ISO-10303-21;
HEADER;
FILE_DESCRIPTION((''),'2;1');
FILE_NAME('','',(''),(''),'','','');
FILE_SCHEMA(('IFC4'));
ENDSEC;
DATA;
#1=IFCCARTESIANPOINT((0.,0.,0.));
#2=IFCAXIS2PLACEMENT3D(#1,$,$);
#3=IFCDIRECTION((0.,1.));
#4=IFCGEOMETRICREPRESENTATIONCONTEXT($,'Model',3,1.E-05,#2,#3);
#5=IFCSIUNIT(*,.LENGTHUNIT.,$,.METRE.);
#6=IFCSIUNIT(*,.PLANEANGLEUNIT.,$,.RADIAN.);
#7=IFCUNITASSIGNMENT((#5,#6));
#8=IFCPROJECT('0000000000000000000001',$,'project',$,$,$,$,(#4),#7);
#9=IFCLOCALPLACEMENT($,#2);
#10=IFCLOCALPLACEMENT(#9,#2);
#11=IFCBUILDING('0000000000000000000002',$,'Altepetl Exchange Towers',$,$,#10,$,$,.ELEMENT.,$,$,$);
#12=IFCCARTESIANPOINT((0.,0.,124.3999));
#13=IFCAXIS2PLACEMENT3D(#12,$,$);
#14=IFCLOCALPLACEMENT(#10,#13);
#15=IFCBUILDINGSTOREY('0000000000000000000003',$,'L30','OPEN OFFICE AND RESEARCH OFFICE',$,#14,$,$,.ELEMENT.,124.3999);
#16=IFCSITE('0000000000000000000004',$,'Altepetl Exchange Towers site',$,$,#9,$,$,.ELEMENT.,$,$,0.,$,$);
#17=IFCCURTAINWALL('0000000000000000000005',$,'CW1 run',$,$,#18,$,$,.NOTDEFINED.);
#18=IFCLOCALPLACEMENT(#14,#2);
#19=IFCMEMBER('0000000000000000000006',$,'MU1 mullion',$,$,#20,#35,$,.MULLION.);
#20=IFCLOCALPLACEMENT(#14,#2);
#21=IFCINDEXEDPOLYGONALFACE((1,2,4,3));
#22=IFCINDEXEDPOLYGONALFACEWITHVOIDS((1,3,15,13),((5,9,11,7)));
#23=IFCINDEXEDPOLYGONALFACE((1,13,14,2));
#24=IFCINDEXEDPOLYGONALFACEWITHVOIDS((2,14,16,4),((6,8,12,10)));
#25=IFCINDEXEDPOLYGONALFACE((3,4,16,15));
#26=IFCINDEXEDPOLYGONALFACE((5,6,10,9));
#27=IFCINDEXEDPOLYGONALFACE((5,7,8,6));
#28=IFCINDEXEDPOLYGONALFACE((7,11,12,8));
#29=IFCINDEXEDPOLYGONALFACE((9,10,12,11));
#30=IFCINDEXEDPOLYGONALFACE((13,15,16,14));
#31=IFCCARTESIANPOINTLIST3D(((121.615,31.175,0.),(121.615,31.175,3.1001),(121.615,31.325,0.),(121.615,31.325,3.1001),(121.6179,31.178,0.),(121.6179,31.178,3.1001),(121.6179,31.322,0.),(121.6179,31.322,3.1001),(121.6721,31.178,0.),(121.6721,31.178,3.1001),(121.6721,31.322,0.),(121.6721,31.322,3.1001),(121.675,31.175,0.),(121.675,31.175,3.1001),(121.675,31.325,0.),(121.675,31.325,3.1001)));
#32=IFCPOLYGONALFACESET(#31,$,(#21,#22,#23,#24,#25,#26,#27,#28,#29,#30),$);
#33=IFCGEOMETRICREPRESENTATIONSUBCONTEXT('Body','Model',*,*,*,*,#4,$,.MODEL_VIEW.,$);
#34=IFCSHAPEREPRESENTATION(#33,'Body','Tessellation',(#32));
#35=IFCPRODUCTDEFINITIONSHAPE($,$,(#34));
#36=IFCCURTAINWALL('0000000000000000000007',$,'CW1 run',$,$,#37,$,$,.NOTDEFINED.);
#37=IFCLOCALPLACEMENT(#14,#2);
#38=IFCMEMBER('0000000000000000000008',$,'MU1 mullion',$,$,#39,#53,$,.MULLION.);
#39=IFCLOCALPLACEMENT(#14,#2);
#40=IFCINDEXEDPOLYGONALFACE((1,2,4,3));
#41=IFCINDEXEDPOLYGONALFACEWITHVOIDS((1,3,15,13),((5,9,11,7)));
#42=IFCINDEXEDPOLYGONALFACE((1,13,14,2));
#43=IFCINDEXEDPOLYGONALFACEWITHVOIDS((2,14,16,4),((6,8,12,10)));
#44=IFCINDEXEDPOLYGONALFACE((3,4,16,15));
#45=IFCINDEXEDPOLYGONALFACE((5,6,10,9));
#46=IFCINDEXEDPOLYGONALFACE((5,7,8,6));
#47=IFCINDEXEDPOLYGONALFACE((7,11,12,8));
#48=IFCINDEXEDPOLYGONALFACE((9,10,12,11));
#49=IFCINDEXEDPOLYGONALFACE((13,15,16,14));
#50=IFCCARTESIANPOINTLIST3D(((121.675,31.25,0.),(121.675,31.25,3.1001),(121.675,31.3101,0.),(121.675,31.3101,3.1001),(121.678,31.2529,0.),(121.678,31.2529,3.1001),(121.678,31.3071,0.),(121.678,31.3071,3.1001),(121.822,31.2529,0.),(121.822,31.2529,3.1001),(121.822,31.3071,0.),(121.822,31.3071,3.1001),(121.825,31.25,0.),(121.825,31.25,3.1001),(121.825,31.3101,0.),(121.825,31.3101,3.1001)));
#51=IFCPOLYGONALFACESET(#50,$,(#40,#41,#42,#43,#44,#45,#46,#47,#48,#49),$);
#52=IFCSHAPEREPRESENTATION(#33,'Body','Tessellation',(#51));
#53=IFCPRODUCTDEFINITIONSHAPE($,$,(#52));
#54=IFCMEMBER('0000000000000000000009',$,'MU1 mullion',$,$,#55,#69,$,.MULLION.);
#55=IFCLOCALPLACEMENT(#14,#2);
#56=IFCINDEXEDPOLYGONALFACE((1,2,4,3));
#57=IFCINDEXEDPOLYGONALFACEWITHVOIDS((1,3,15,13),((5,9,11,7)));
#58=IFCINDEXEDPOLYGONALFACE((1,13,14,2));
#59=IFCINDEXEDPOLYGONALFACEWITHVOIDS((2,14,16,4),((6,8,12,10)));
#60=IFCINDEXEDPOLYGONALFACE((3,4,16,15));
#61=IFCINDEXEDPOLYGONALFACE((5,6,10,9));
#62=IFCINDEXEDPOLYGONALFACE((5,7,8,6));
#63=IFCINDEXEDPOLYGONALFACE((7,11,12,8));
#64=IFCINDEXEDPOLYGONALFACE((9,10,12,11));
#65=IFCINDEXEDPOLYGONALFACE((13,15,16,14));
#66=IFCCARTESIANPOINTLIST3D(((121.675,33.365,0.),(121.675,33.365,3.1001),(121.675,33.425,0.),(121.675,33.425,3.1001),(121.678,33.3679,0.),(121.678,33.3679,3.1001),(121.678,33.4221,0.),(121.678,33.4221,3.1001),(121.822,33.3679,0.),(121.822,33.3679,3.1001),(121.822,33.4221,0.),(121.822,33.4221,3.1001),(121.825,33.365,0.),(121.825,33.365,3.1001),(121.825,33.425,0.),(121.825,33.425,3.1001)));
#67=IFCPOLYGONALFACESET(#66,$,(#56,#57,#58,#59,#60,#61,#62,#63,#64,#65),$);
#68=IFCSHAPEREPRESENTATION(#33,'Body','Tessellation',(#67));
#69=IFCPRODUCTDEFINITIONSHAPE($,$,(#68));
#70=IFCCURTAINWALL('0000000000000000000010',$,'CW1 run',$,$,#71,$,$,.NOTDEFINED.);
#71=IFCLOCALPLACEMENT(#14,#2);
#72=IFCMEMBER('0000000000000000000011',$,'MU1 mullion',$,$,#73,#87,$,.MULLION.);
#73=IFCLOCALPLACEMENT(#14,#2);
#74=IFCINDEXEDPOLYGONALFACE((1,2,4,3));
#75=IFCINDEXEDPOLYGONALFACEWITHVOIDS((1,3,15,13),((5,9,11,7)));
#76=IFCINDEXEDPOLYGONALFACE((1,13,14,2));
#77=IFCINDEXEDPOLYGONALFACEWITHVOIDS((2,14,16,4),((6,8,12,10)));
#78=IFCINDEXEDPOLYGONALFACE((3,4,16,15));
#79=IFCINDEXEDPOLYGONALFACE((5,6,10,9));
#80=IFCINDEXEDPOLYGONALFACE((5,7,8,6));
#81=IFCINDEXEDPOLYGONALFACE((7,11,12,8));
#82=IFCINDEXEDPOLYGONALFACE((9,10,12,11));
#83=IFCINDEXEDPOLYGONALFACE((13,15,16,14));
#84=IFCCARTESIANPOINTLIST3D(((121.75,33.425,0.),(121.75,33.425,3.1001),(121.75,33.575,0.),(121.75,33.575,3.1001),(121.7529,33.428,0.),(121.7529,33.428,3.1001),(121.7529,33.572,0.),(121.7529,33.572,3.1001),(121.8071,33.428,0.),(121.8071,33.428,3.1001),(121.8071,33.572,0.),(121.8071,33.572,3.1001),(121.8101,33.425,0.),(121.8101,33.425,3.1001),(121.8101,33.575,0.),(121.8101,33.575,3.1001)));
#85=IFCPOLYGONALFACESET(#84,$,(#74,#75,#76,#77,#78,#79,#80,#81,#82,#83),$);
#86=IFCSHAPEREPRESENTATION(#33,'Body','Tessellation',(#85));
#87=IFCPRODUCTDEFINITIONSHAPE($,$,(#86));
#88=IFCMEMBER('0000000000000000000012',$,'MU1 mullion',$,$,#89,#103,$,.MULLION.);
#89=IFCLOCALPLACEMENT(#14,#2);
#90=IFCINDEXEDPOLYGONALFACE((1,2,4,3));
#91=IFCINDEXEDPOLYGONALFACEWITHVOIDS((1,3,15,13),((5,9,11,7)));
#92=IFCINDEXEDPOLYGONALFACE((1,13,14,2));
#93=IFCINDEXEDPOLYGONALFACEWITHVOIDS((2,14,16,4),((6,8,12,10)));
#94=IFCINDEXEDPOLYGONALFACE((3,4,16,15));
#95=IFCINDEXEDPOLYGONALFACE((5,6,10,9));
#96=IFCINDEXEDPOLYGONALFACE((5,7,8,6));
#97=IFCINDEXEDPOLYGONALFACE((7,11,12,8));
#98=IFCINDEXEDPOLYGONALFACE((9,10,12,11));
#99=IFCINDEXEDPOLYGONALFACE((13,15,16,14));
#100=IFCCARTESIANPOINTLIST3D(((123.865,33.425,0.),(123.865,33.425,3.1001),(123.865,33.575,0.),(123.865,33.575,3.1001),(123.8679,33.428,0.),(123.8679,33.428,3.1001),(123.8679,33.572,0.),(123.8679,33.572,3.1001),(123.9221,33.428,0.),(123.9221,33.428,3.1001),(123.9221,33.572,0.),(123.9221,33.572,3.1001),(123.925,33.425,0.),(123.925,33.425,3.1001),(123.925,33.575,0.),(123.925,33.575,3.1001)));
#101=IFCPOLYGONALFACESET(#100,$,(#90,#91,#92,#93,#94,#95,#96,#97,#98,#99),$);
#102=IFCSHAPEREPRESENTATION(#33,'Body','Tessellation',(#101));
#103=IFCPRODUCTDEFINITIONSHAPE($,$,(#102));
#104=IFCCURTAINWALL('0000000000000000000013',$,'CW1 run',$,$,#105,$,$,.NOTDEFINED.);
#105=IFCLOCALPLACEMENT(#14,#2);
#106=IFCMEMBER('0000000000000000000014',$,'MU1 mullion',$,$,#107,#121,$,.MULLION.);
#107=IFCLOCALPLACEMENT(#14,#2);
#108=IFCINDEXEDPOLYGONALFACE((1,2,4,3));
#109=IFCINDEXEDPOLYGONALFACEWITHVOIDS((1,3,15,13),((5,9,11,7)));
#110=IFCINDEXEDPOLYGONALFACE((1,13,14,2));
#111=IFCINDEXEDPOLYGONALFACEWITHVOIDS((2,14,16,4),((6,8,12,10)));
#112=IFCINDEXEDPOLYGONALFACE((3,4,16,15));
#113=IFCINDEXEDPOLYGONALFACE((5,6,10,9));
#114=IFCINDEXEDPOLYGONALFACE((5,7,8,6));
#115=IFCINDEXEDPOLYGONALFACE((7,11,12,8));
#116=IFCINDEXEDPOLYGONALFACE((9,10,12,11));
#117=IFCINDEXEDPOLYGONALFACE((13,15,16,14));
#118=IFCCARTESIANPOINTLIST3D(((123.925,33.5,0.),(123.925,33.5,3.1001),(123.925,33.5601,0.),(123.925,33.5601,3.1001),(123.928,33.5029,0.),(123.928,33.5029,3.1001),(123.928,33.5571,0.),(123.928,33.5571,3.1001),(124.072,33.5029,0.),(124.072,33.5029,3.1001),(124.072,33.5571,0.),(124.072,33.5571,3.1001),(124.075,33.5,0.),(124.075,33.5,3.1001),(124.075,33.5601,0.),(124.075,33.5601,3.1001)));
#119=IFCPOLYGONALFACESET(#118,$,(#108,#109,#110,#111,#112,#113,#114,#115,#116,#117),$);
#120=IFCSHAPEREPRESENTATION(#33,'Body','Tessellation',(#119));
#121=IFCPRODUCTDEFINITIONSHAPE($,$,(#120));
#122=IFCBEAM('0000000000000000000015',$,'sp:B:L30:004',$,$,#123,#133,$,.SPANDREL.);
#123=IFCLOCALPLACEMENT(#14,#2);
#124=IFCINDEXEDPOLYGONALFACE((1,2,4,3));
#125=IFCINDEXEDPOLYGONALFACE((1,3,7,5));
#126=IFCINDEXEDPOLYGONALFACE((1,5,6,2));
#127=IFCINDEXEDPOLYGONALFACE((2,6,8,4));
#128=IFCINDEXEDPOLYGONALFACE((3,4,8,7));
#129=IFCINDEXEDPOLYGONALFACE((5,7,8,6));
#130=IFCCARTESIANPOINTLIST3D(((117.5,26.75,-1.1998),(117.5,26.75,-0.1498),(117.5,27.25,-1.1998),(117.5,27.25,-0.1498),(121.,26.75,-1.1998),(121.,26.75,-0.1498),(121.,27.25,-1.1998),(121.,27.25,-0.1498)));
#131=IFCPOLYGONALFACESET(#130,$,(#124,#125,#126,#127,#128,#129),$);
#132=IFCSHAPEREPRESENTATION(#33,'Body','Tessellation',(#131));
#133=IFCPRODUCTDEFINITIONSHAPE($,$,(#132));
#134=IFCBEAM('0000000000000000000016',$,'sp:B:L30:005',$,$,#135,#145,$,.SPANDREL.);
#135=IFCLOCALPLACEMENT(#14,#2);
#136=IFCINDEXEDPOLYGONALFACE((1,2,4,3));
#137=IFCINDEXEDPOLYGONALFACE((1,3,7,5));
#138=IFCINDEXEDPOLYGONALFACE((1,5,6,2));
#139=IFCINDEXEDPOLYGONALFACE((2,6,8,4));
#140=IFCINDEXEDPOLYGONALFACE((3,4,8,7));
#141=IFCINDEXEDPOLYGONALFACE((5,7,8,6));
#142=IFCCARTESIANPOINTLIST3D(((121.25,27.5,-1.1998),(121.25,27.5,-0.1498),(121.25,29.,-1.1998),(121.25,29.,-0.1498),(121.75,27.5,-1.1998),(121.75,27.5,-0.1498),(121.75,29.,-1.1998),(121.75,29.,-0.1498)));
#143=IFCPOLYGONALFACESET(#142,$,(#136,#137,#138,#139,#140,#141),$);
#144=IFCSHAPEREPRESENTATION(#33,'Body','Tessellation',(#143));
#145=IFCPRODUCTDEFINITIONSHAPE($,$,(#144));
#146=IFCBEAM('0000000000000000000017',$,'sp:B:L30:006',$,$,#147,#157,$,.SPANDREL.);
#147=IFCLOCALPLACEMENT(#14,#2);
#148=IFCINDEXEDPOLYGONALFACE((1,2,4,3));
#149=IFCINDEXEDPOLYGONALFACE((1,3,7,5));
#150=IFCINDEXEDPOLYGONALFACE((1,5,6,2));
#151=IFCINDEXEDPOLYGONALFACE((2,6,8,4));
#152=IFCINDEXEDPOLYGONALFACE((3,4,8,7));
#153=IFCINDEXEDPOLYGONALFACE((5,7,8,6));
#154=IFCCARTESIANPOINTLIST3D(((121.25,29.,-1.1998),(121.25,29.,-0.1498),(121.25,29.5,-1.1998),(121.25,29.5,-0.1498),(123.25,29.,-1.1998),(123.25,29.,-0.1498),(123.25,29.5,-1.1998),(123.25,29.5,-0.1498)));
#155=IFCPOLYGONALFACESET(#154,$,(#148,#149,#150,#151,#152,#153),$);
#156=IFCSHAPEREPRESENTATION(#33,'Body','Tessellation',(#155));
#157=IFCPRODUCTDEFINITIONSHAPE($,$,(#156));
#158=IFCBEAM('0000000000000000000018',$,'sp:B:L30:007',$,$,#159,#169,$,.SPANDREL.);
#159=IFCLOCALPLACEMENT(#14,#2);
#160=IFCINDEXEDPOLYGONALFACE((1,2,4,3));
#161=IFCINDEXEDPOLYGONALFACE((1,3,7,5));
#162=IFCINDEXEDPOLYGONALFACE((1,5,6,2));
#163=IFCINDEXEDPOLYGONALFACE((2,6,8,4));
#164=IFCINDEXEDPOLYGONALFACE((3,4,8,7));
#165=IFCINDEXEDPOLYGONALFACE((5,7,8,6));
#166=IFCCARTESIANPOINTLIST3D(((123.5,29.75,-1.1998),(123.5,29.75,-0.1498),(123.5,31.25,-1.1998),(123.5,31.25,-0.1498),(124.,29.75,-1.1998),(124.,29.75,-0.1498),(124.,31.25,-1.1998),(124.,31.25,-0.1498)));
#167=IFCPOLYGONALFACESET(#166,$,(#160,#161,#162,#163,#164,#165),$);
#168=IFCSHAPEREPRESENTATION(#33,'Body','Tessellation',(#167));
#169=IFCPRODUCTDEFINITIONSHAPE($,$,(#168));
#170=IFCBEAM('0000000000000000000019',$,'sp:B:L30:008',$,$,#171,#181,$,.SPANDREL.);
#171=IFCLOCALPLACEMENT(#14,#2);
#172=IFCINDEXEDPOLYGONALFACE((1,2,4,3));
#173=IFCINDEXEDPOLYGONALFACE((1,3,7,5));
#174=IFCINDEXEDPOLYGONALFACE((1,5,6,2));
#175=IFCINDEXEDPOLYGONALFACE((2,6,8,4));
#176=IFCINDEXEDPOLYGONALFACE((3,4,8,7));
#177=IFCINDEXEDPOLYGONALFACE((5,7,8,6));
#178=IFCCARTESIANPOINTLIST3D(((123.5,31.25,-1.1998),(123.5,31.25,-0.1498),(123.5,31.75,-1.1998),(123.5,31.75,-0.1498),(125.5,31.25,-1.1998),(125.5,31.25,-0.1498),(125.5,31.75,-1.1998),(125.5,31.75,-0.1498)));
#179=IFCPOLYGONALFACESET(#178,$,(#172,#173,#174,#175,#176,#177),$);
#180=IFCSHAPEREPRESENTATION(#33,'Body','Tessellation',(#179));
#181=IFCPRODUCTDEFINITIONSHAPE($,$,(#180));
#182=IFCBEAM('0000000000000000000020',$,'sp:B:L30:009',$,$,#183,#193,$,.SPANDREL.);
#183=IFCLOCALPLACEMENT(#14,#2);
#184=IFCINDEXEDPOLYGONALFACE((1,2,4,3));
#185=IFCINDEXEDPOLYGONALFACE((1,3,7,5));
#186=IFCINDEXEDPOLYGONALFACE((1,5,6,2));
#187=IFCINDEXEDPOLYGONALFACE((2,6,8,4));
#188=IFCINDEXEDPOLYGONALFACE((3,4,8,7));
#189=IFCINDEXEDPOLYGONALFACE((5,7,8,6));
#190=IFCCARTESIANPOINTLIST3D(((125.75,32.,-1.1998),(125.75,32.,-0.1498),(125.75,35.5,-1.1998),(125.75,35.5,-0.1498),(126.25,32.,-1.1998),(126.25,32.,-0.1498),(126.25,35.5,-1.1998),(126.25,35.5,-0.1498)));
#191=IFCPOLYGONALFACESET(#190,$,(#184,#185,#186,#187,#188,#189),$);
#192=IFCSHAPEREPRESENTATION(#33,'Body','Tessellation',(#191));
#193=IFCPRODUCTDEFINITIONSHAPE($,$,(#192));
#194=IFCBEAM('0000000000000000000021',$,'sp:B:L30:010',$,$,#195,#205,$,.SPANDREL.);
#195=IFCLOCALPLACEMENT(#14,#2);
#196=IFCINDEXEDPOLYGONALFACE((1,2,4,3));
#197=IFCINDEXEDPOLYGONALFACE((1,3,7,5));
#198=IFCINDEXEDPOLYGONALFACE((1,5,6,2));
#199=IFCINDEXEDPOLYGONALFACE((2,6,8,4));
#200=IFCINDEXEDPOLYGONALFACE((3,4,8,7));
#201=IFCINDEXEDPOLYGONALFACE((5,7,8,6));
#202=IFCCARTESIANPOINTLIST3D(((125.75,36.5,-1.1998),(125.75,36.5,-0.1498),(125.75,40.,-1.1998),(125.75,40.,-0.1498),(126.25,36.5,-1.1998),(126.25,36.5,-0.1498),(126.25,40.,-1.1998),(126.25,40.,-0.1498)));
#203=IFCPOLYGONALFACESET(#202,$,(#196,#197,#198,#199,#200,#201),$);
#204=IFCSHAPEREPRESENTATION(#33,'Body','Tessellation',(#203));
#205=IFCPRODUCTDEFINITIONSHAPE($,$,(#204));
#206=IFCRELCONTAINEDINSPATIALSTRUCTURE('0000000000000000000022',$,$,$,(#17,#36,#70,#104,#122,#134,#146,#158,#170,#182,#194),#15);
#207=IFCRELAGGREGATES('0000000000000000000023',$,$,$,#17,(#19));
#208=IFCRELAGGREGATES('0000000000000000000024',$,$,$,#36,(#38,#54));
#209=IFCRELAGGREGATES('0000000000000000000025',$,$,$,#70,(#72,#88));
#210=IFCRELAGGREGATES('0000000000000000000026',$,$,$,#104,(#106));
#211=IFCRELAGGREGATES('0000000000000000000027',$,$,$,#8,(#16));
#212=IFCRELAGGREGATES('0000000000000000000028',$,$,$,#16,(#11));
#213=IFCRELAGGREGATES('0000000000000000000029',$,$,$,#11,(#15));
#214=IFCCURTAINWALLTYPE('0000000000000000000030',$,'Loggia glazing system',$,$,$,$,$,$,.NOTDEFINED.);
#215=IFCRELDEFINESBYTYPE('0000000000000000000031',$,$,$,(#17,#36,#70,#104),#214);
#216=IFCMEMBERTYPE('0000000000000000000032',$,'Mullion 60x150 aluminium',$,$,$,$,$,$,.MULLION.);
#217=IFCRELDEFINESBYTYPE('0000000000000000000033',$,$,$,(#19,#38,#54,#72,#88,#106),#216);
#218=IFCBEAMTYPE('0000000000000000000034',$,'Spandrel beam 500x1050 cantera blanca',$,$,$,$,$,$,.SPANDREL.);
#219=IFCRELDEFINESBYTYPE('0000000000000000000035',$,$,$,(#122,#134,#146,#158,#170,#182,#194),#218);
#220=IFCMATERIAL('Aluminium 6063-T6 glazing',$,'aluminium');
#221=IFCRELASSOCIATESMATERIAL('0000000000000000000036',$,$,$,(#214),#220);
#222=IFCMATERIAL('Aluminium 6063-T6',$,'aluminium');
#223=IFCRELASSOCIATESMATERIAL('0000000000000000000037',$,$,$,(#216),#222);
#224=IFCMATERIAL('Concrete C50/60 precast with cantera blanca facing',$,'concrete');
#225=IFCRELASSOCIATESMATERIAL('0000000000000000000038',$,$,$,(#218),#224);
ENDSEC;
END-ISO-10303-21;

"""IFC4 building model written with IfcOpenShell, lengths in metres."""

from ifc_helpers import new_model, si_unit, direction, frame, origin, origin_2d, place, context, subcontext, project, spatial, rectangle, hollow_rectangle, extrude, material, material_profile, profile_set, type_object, element, aggregate, save


model = new_model("IFC4")

# Units and contexts
model_context = context("Model", 3, precision=1e-05, world=origin(), true_north=direction((0.0, 1.0)))
body_context = subcontext(model_context, "Body", "Model", "MODEL_VIEW")
ifc_project = project(units=[si_unit("LENGTHUNIT", "METRE"), si_unit("PLANEANGLEUNIT", "RADIAN")], contexts=[model_context])

# Site, building, storey
site_placement = place(None, origin())
site = spatial("IfcSite", under=ifc_project, at=site_placement, Name="Altepetl Exchange Towers site", CompositionType="ELEMENT", RefElevation=0.0)
building_placement = place(site_placement, origin())
building = spatial("IfcBuilding", under=site, at=building_placement, Name="Altepetl Exchange Towers", CompositionType="ELEMENT")
storey_placement = place(building_placement, frame((0.0, 0.0, 124.3999)))
storey = spatial("IfcBuildingStorey", under=building, at=storey_placement, Name="L30", Description="OPEN OFFICE AND RESEARCH OFFICE", CompositionType="ELEMENT", Elevation=124.3999)

# Shared definitions
ifc_material_1 = material(Name="Aluminium 6063-T6 glazing", Category="aluminium")
curtain_wall_type = type_object("IfcCurtainWallType", Name="Loggia glazing system", PredefinedType="NOTDEFINED", material=ifc_material_1)
ifc_material_2 = material(Name="Aluminium 6063-T6", Category="aluminium")
ifc_material_profile_1 = material_profile(ifc_material_2, hollow_rectangle(XDim=0.0601, YDim=0.1499, WallThickness=0.0029, at=origin_2d()), Name="Mullion 60x150 aluminium")
ifc_profile_set_1 = profile_set([ifc_material_profile_1], Name="Aluminium 6063-T6")
member_type = type_object("IfcMemberType", Name="Mullion 60x150 aluminium", PredefinedType="MULLION", material=ifc_profile_set_1)

# Curtain walls, members
curtain_wall_1_placement = place(storey_placement, origin())
curtain_wall_1 = element("IfcCurtainWall", 1, at=curtain_wall_1_placement, inside=storey, type_object=curtain_wall_type, Name="CW1 run", PredefinedType="NOTDEFINED")
member_1_placement = place(storey_placement, frame((121.645, 31.25, 0.0)))
member_1 = element("IfcMember", 2, at=member_1_placement, type_object=member_type, Name="MU1 mullion", PredefinedType="MULLION", context=body_context, shape_type="SweptSolid", body=[
    extrude(hollow_rectangle(XDim=0.0601, YDim=0.1499, WallThickness=0.0029, at=origin_2d()), origin(), (0.0, 0.0, 1.0), 3.1001),
])
curtain_wall_2_placement = place(storey_placement, origin())
curtain_wall_2 = element("IfcCurtainWall", 3, at=curtain_wall_2_placement, inside=storey, type_object=curtain_wall_type, Name="CW1 run", PredefinedType="NOTDEFINED")
member_2_placement = place(storey_placement, frame((121.75, 31.28, 0.0), z_axis=(0.0, 0.0, 1.0), x_axis=(0.0, 1.0, 0.0)))
member_2 = element("IfcMember", 4, at=member_2_placement, type_object=member_type, Name="MU1 mullion", PredefinedType="MULLION", context=body_context, shape_type="SweptSolid", body=[
    extrude(hollow_rectangle(XDim=0.0601, YDim=0.1499, WallThickness=0.0029, at=origin_2d()), origin(), (0.0, 0.0, 1.0), 3.1001),
])
member_3_placement = place(storey_placement, frame((121.75, 33.395, 0.0), z_axis=(0.0, 0.0, 1.0), x_axis=(0.0, 1.0, 0.0)))
member_3 = element("IfcMember", 5, at=member_3_placement, type_object=member_type, Name="MU1 mullion", PredefinedType="MULLION", context=body_context, shape_type="SweptSolid", body=[
    extrude(hollow_rectangle(XDim=0.0601, YDim=0.1499, WallThickness=0.0029, at=origin_2d()), origin(), (0.0, 0.0, 1.0), 3.1001),
])
curtain_wall_3_placement = place(storey_placement, origin())
curtain_wall_3 = element("IfcCurtainWall", 6, at=curtain_wall_3_placement, inside=storey, type_object=curtain_wall_type, Name="CW1 run", PredefinedType="NOTDEFINED")
member_4_placement = place(storey_placement, frame((121.78, 33.5, 0.0)))
member_4 = element("IfcMember", 7, at=member_4_placement, type_object=member_type, Name="MU1 mullion", PredefinedType="MULLION", context=body_context, shape_type="SweptSolid", body=[
    extrude(hollow_rectangle(XDim=0.0601, YDim=0.1499, WallThickness=0.0029, at=origin_2d()), origin(), (0.0, 0.0, 1.0), 3.1001),
])
member_5_placement = place(storey_placement, frame((123.895, 33.5, 0.0)))
member_5 = element("IfcMember", 8, at=member_5_placement, type_object=member_type, Name="MU1 mullion", PredefinedType="MULLION", context=body_context, shape_type="SweptSolid", body=[
    extrude(hollow_rectangle(XDim=0.0601, YDim=0.1499, WallThickness=0.0029, at=origin_2d()), origin(), (0.0, 0.0, 1.0), 3.1001),
])

# Curtain wall, member
curtain_wall_4_placement = place(storey_placement, origin())
curtain_wall_4 = element("IfcCurtainWall", 9, at=curtain_wall_4_placement, inside=storey, type_object=curtain_wall_type, Name="CW1 run", PredefinedType="NOTDEFINED")
member_6_placement = place(storey_placement, frame((124.0, 33.53, 0.0), z_axis=(0.0, 0.0, 1.0), x_axis=(0.0, 1.0, 0.0)))
member_6 = element("IfcMember", 10, at=member_6_placement, type_object=member_type, Name="MU1 mullion", PredefinedType="MULLION", context=body_context, shape_type="SweptSolid", body=[
    extrude(hollow_rectangle(XDim=0.0601, YDim=0.1499, WallThickness=0.0029, at=origin_2d()), origin(), (0.0, 0.0, 1.0), 3.1001),
])

# Beams
ifc_material_3 = material(Name="Concrete C50/60 precast with cantera blanca facing", Category="concrete")
ifc_material_profile_2 = material_profile(ifc_material_3, rectangle(XDim=0.5, YDim=1.05, at=origin_2d()), Name="500 x 1050")
ifc_profile_set_2 = profile_set([ifc_material_profile_2], Name="Concrete C50/60 precast with cantera blanca facing")
beam_type_1 = type_object("IfcBeamType", Name="Spandrel beam 500x1050 cantera blanca", PredefinedType="SPANDREL", material=ifc_profile_set_2)
beam_1_placement = place(storey_placement, frame((117.5, 27.0, -0.6748), z_axis=(1.0, 0.0, 0.0), x_axis=(0.0, 1.0, 0.0)))
element("IfcBeam", 11, at=beam_1_placement, inside=storey, type_object=beam_type_1, Name="sp:B:L30:004", PredefinedType="SPANDREL", context=body_context, shape_type="SweptSolid", body=[
    extrude(rectangle(XDim=0.5, YDim=1.05, at=origin_2d()), origin(), (0.0, 0.0, 1.0), 3.5),
])
beam_2_placement = place(storey_placement, frame((121.5, 27.5, -0.6748), z_axis=(0.0, 1.0, 0.0), x_axis=(-1.0, 0.0, 0.0)))
element("IfcBeam", 12, at=beam_2_placement, inside=storey, type_object=beam_type_1, Name="sp:B:L30:005", PredefinedType="SPANDREL", context=body_context, shape_type="SweptSolid", body=[
    extrude(rectangle(XDim=0.5, YDim=1.05, at=origin_2d()), origin(), (0.0, 0.0, 1.0), 1.5),
])
beam_3_placement = place(storey_placement, frame((121.25, 29.25, -0.6748), z_axis=(1.0, 0.0, 0.0), x_axis=(0.0, 1.0, 0.0)))
element("IfcBeam", 13, at=beam_3_placement, inside=storey, type_object=beam_type_1, Name="sp:B:L30:006", PredefinedType="SPANDREL", context=body_context, shape_type="SweptSolid", body=[
    extrude(rectangle(XDim=0.5, YDim=1.05, at=origin_2d()), origin(), (0.0, 0.0, 1.0), 2.0),
])
beam_4_placement = place(storey_placement, frame((123.75, 29.75, -0.6748), z_axis=(0.0, 1.0, 0.0), x_axis=(-1.0, 0.0, 0.0)))
element("IfcBeam", 14, at=beam_4_placement, inside=storey, type_object=beam_type_1, Name="sp:B:L30:007", PredefinedType="SPANDREL", context=body_context, shape_type="SweptSolid", body=[
    extrude(rectangle(XDim=0.5, YDim=1.05, at=origin_2d()), origin(), (0.0, 0.0, 1.0), 1.5),
])
beam_5_placement = place(storey_placement, frame((123.5, 31.5, -0.6748), z_axis=(1.0, 0.0, 0.0), x_axis=(0.0, 1.0, 0.0)))
element("IfcBeam", 15, at=beam_5_placement, inside=storey, type_object=beam_type_1, Name="sp:B:L30:008", PredefinedType="SPANDREL", context=body_context, shape_type="SweptSolid", body=[
    extrude(rectangle(XDim=0.5, YDim=1.05, at=origin_2d()), origin(), (0.0, 0.0, 1.0), 2.0),
])
for number, where, z_axis, x_axis, name in (
    (16, (126.0, 32.0, -0.6748), (0.0, 1.0, 0.0), (-1.0, 0.0, 0.0), "sp:B:L30:009"),
    (17, (126.0, 36.5, -0.6748), (0.0, 1.0, 0.0), (-1.0, 0.0, 0.0), "sp:B:L30:010"),
):
    element("IfcBeam", number, at=place(storey_placement, frame(where, z_axis=z_axis, x_axis=x_axis)), inside=storey, type_object=beam_type_1, Name=name, PredefinedType="SPANDREL", context=body_context, shape_type="SweptSolid", body=[
        extrude(rectangle(XDim=0.5, YDim=1.05, at=origin_2d()), origin(), (0.0, 0.0, 1.0), 3.5),
    ])

aggregate(curtain_wall_1, [member_1])
aggregate(curtain_wall_2, [member_2, member_3])
aggregate(curtain_wall_3, [member_4, member_5])
aggregate(curtain_wall_4, [member_6])

save(model, "model.ifc")
